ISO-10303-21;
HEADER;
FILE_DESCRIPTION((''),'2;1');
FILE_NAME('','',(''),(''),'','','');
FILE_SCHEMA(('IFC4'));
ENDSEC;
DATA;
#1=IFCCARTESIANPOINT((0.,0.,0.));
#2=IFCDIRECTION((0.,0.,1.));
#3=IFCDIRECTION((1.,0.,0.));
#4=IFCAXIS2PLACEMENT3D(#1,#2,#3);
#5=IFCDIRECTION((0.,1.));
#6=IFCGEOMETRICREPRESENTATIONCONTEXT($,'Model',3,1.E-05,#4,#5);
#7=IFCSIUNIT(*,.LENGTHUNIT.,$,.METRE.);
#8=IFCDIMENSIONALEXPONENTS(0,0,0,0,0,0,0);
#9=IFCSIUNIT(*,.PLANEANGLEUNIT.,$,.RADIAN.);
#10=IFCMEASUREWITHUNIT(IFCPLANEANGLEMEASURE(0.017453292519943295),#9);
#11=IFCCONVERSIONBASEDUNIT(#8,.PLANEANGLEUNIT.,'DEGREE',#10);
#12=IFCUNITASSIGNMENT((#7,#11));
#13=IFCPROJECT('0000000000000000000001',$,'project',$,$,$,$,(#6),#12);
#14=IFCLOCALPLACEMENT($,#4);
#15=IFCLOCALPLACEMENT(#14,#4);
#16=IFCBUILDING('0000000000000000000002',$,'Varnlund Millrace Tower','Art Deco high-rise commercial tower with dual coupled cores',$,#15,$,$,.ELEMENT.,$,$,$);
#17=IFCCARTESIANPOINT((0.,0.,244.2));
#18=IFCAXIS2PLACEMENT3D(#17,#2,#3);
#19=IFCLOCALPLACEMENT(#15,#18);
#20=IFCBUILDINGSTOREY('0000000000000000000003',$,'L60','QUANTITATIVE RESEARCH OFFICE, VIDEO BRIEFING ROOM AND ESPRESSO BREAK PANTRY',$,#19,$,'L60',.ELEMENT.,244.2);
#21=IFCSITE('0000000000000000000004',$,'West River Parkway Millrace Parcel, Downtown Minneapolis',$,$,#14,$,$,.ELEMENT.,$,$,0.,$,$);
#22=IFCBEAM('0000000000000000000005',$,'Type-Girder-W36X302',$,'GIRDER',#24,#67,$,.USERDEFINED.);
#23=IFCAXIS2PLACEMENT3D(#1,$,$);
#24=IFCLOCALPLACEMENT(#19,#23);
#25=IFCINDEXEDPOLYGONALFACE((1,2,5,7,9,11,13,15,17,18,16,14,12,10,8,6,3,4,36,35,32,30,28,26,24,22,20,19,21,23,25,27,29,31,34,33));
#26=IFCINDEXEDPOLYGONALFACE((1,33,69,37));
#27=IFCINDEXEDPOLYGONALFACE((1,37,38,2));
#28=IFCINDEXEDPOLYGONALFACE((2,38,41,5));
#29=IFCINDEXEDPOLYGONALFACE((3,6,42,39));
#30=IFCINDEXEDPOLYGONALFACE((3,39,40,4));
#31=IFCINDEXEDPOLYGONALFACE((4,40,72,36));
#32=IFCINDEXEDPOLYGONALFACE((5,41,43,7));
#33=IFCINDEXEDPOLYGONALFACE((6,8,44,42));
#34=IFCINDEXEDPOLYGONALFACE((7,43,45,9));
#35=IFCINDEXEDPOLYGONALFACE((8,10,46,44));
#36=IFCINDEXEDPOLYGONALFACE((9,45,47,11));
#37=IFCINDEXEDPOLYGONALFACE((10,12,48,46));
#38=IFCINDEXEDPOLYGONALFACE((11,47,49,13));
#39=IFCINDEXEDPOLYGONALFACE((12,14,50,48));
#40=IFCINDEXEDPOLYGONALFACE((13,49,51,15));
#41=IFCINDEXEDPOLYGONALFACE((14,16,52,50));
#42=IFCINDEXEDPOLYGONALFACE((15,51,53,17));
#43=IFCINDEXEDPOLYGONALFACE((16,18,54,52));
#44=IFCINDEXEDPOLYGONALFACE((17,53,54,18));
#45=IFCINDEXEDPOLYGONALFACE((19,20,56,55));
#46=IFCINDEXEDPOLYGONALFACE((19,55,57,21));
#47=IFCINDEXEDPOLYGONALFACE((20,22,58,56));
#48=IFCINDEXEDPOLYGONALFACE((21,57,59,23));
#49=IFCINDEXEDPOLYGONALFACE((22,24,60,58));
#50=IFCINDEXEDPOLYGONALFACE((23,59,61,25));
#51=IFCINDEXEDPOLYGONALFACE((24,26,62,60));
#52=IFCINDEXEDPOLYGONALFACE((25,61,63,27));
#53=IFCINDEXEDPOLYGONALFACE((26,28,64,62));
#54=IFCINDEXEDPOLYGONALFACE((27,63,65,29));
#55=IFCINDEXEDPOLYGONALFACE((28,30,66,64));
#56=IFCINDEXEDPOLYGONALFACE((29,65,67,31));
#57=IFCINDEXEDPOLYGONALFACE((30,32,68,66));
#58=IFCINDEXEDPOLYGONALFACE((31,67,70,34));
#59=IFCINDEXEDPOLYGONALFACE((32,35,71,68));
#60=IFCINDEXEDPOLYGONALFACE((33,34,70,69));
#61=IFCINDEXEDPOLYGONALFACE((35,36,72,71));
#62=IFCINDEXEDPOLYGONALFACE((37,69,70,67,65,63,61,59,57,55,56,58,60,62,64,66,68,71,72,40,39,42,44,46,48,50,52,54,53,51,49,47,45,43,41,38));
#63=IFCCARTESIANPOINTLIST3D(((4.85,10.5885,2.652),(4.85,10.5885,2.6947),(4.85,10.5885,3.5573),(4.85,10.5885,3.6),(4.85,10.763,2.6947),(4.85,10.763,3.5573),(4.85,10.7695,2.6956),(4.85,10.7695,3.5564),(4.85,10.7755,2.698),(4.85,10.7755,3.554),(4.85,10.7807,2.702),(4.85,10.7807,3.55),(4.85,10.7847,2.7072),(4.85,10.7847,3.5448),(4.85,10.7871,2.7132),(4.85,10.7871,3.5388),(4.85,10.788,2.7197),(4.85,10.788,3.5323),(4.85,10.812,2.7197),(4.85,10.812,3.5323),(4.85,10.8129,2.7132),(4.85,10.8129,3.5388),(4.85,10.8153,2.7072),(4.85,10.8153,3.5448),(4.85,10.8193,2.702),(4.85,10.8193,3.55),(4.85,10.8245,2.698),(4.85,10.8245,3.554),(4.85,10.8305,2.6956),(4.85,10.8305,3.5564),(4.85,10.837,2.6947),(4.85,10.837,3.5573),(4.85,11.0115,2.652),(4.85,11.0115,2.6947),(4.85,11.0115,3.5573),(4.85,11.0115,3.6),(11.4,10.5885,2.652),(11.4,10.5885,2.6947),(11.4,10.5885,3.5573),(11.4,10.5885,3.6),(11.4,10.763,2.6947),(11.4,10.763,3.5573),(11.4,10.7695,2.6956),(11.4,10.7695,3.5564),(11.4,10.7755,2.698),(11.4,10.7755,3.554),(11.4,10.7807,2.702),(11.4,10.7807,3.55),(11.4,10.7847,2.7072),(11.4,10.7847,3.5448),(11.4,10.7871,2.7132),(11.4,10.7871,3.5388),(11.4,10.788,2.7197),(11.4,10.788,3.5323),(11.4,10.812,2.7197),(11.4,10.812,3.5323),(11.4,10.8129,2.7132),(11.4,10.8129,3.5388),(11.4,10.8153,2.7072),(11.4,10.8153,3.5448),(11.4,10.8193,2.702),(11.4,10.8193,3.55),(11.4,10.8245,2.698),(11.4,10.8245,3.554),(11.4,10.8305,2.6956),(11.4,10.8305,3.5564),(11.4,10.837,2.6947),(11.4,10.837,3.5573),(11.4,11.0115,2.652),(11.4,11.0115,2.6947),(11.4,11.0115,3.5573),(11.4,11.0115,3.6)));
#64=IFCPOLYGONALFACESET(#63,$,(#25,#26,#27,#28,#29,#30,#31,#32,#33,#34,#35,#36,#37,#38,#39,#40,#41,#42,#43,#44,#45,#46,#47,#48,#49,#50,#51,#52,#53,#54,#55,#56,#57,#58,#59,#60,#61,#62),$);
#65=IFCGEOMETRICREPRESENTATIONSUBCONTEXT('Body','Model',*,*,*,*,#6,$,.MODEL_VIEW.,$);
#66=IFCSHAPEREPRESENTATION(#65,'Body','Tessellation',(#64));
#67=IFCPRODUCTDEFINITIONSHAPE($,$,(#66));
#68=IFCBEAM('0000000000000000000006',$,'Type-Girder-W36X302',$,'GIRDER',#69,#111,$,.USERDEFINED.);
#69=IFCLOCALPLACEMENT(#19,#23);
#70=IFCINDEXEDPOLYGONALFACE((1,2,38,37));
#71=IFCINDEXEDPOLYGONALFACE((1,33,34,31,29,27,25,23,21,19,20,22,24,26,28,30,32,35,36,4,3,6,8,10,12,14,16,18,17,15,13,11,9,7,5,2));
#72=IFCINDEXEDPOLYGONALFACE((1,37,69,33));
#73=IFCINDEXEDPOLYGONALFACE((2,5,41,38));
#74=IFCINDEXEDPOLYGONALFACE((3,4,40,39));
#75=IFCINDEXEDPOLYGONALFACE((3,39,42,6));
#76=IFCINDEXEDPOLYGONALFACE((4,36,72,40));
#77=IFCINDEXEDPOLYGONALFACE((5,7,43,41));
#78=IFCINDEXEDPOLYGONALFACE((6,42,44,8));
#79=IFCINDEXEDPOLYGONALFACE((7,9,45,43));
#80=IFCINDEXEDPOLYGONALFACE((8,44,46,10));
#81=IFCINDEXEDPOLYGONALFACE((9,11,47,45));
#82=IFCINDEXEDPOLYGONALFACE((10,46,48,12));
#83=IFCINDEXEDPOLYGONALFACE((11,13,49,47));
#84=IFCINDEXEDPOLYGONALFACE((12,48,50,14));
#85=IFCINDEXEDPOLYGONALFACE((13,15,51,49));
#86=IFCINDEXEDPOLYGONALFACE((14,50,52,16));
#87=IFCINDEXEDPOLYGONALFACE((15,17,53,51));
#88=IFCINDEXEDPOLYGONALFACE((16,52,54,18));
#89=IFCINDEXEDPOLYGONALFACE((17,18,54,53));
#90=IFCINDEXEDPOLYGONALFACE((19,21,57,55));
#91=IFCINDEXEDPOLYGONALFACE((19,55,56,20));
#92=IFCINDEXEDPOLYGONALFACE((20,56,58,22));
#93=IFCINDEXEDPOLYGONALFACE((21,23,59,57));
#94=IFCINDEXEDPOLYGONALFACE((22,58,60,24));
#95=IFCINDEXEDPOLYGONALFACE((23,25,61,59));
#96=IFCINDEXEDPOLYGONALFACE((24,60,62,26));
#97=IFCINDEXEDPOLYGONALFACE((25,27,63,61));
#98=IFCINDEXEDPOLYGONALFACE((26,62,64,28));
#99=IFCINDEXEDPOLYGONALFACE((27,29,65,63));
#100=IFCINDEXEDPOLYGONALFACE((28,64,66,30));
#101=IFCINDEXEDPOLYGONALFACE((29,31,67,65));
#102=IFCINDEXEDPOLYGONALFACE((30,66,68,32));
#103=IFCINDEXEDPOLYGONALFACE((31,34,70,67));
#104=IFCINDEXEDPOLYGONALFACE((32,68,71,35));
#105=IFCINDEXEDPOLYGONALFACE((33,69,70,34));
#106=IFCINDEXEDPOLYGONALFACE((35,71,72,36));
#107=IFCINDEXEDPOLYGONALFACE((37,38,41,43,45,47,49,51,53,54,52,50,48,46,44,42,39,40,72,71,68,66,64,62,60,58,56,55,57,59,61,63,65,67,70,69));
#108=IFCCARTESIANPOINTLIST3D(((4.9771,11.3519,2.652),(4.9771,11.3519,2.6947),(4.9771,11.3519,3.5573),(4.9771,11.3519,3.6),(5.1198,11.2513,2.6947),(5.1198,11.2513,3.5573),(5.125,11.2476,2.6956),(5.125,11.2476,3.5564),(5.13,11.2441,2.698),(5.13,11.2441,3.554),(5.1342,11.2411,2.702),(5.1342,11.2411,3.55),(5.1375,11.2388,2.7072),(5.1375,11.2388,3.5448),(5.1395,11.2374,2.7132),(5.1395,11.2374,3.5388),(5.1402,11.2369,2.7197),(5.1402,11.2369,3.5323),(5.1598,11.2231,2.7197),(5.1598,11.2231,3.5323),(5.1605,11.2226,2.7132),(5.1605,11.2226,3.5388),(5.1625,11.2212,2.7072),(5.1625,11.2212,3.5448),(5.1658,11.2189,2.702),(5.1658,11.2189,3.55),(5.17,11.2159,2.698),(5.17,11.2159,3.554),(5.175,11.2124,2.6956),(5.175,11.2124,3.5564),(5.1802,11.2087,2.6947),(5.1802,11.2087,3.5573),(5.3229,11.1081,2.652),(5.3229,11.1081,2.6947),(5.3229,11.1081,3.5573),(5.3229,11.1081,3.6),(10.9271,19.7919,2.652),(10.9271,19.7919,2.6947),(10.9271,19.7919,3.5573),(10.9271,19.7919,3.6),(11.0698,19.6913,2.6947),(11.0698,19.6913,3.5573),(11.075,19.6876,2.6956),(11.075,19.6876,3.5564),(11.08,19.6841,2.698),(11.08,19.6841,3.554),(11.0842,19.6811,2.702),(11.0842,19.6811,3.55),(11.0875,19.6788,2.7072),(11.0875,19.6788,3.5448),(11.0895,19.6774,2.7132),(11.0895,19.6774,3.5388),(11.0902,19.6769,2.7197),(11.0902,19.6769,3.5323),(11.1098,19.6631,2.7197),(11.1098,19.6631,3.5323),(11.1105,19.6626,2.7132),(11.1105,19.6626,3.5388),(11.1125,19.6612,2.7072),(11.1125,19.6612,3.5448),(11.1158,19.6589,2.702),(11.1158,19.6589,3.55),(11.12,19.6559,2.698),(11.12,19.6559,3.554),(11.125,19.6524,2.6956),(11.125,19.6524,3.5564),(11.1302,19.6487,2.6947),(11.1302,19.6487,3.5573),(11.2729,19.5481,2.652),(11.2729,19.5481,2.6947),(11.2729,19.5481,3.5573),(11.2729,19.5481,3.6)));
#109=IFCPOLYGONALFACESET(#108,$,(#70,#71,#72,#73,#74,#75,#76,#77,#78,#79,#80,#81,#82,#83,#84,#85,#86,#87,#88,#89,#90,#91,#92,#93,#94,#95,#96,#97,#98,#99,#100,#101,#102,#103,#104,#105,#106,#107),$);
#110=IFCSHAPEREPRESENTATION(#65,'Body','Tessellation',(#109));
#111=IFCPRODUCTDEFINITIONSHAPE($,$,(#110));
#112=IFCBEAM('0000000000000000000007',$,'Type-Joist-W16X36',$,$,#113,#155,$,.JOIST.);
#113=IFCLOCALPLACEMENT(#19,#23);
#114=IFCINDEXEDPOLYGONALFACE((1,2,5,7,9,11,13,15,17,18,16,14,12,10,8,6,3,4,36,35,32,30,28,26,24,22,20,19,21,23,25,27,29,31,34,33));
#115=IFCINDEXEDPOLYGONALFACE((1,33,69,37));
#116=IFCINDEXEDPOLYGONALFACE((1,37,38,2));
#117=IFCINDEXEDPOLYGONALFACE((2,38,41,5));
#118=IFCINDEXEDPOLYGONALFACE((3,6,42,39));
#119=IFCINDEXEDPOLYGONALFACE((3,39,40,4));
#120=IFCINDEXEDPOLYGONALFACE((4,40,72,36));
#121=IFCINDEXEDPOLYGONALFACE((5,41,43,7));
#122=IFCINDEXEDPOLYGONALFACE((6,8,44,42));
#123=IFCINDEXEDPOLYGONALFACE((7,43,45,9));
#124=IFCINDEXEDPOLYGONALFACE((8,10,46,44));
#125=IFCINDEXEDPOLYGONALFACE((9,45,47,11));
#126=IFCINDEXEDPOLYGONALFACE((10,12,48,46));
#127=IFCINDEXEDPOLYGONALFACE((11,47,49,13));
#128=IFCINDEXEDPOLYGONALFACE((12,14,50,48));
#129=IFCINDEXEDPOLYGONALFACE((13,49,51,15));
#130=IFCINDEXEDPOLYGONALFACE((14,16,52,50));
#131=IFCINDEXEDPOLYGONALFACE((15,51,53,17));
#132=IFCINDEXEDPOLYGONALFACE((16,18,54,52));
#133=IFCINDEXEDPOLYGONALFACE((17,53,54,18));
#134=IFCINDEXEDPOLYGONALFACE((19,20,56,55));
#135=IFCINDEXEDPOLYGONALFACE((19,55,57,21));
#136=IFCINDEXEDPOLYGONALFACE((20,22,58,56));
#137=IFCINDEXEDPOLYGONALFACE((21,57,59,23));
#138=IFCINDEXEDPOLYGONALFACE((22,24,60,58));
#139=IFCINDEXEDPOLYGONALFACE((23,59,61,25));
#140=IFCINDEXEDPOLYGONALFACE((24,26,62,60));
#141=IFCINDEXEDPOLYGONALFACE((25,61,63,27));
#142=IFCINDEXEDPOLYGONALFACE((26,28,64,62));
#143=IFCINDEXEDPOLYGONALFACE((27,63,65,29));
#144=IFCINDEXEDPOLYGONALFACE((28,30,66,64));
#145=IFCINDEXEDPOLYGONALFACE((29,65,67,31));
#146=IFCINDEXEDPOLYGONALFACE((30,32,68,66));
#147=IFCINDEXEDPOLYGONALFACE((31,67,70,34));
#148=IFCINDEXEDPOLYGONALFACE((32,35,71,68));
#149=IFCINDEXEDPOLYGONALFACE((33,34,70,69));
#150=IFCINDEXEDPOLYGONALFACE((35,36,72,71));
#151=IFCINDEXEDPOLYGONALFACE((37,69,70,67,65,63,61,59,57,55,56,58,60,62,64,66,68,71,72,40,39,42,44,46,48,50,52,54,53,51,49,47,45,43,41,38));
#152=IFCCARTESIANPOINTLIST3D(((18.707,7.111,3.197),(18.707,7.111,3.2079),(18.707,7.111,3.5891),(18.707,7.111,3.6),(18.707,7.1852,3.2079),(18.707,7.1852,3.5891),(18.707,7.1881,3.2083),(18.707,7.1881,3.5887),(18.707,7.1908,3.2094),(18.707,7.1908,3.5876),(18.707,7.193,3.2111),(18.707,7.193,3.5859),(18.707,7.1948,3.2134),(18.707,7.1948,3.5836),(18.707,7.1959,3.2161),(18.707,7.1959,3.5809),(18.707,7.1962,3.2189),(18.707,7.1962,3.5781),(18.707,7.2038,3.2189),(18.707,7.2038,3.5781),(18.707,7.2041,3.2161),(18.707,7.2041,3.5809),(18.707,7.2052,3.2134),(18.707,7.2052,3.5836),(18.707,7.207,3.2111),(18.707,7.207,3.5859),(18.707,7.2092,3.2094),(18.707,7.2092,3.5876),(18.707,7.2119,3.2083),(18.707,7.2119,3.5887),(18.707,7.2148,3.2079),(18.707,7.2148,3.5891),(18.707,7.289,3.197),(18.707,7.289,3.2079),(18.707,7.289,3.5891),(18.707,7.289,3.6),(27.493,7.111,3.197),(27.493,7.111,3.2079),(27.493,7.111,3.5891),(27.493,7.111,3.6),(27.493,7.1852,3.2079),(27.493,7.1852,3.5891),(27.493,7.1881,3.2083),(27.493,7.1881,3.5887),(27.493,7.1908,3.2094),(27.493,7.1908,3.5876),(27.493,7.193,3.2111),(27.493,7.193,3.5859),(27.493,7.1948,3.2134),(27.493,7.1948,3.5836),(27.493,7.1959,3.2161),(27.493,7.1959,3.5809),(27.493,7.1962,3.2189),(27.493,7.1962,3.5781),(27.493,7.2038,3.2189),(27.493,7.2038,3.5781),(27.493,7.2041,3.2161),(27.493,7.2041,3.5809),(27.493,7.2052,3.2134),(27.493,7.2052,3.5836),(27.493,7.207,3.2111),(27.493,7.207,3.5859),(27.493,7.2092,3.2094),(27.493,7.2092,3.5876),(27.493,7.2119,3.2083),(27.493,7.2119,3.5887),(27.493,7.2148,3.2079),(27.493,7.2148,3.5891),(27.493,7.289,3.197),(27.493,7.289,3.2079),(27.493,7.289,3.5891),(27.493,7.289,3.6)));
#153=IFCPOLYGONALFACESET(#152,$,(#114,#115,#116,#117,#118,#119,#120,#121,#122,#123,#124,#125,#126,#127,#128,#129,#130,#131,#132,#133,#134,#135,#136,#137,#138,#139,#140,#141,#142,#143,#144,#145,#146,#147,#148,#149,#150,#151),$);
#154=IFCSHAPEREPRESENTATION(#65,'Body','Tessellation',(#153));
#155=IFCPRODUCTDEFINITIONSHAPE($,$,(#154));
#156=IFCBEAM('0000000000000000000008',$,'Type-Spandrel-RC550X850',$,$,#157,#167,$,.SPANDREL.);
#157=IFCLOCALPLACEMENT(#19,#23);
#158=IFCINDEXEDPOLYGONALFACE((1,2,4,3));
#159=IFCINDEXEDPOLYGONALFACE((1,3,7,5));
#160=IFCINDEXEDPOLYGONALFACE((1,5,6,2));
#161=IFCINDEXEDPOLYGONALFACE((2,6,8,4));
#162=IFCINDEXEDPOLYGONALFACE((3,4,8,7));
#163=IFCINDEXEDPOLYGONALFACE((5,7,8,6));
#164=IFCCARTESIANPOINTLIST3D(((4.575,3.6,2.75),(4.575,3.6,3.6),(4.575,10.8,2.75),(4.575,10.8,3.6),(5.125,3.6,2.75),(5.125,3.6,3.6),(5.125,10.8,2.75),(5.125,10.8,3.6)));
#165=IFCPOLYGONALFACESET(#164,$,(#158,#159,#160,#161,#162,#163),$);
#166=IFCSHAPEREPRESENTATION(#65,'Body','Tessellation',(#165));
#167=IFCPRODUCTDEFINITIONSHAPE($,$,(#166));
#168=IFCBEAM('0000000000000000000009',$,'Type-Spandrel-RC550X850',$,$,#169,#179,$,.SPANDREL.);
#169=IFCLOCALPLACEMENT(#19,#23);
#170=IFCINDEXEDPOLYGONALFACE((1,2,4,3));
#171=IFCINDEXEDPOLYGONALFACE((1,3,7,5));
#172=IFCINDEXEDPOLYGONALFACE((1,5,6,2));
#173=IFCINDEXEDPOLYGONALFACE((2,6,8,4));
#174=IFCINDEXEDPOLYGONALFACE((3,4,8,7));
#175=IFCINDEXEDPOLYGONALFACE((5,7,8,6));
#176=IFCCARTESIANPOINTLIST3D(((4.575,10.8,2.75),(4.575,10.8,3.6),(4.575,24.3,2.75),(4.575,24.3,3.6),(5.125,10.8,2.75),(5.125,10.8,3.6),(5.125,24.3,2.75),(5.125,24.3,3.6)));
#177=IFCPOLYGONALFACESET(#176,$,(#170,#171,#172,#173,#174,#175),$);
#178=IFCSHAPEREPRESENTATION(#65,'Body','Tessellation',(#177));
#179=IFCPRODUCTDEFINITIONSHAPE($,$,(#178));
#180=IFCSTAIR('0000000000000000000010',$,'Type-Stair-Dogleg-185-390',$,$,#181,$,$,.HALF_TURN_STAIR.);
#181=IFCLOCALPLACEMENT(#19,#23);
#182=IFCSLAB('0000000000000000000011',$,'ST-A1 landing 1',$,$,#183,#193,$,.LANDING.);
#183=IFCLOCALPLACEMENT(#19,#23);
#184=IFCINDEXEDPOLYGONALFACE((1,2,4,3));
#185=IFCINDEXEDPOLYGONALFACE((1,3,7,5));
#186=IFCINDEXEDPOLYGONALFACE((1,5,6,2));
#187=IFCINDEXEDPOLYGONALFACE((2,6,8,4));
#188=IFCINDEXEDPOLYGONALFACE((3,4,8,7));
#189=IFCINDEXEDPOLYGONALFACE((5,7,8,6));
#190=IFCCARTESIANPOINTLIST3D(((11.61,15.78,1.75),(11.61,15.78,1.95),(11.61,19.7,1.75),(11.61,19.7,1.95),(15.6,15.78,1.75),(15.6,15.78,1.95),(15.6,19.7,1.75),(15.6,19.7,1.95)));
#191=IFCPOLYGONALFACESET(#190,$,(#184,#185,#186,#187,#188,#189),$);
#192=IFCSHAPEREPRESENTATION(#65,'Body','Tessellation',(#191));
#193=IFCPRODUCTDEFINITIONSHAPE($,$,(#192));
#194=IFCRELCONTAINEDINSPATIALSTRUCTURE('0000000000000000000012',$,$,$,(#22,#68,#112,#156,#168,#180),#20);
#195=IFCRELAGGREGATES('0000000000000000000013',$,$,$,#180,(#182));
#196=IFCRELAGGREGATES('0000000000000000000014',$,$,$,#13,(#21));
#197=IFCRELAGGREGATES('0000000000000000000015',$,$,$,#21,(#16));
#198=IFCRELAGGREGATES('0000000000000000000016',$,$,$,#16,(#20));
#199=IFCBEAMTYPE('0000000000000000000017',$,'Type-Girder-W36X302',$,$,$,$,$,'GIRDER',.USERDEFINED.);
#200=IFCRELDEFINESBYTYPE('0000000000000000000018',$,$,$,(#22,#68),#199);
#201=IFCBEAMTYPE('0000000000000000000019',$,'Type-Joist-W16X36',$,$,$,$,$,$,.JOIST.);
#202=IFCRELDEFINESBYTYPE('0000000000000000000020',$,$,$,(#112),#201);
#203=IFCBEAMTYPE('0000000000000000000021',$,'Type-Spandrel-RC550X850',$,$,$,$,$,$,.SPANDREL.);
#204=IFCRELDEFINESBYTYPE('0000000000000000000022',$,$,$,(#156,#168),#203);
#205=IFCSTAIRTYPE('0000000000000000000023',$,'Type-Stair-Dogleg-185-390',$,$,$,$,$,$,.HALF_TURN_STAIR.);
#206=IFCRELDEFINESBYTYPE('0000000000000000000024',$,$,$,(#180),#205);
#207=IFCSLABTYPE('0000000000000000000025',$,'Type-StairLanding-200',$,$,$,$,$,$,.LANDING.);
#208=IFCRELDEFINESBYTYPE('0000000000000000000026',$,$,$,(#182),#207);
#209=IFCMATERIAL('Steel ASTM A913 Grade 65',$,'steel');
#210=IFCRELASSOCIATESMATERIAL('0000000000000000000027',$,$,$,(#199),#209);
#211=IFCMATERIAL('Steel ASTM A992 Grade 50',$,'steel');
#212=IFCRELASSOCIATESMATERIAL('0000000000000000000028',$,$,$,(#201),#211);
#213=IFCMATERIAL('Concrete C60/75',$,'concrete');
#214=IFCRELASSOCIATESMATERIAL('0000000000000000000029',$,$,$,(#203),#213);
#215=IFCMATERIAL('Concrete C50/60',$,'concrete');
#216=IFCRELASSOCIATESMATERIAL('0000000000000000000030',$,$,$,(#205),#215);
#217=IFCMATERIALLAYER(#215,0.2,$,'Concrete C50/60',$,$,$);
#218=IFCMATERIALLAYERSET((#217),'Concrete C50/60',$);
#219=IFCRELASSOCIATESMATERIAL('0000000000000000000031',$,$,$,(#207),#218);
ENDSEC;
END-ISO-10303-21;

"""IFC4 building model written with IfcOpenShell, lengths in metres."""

from ifc_helpers import new_model, entity, si_unit, converted_unit, direction, frame, origin_with_axes, origin_2d_with_axis, place, context, subcontext, project, spatial, polyline, rectangle, i_section, outline, extrude, material, layer, layer_set, material_profile, profile_set, type_object, element, aggregate, save


model = new_model("IFC4")

# Units and contexts
model_context = context("Model", 3, precision=1e-05, world=origin_with_axes(), true_north=direction((0.0, 1.0)))
body_context = subcontext(model_context, "Body", "Model", "MODEL_VIEW")
ifc_project = project(units=[si_unit("LENGTHUNIT", "METRE"), converted_unit("PLANEANGLEUNIT", "DEGREE", entity("IfcPlaneAngleMeasure", 0.017453292519943295), si_unit("PLANEANGLEUNIT", "RADIAN"), dimensions=[0, 0, 0, 0, 0, 0, 0])], contexts=[model_context])

# Site, building, storey
site_placement = place(None, origin_with_axes())
site = spatial("IfcSite", under=ifc_project, at=site_placement, Name="West River Parkway Millrace Parcel, Downtown Minneapolis", CompositionType="ELEMENT", RefElevation=0.0)
building_placement = place(site_placement, origin_with_axes())
building = spatial("IfcBuilding", under=site, at=building_placement, Name="Varnlund Millrace Tower", Description="Art Deco high-rise commercial tower with dual coupled cores", CompositionType="ELEMENT")
storey_placement = place(building_placement, frame((0.0, 0.0, 244.2), z_axis=(0.0, 0.0, 1.0), x_axis=(1.0, 0.0, 0.0)))
storey = spatial("IfcBuildingStorey", under=building, at=storey_placement, Name="L60", Description="QUANTITATIVE RESEARCH OFFICE, VIDEO BRIEFING ROOM AND ESPRESSO BREAK PANTRY", LongName="L60", CompositionType="ELEMENT", Elevation=244.2)

# Beams
ifc_material_1 = material(Name="Steel ASTM A992 Grade 50", Category="steel")
ifc_material_2 = material(Name="Steel ASTM A913 Grade 65", Category="steel")
ifc_material_profile_1 = material_profile(ifc_material_2, i_section(OverallWidth=0.423, OverallDepth=0.948, WebThickness=0.024, FlangeThickness=0.0427, FilletRadius=0.025, at=origin_2d_with_axis()), Name="Steel ASTM A913 Grade 65")
ifc_profile_set_1 = profile_set([ifc_material_profile_1], Name="Steel ASTM A913 Grade 65")
beam_type_1 = type_object("IfcBeamType", Name="Type-Girder-W36X302", ElementType="GIRDER", PredefinedType="USERDEFINED", material=ifc_profile_set_1)
for number, where, z_axis, x_axis, name in (
    (1, (4.85, 10.8, 3.126), (1.0, 0.0, 0.0), (0.0, 1.0, 0.0), "Type-Girder-W36X302"),
):
    element("IfcBeam", number, at=place(storey_placement, frame(where, z_axis=z_axis, x_axis=x_axis)), inside=storey, type_object=beam_type_1, Name=name, ObjectType="GIRDER", PredefinedType="USERDEFINED", context=body_context, shape_type="SweptSolid", body=[
        extrude(i_section(OverallWidth=0.423, OverallDepth=0.948, WebThickness=0.024, FlangeThickness=0.0427, FilletRadius=0.025, at=origin_2d_with_axis()), origin_with_axes(), (0.0, 0.0, 1.0), 6.55),
    ])
beam_1_placement = place(storey_placement, frame((5.15, 11.23, 3.126), z_axis=(0.576189, 0.817317, 0.0), x_axis=(-0.817317, 0.576189, 0.0)))
element("IfcBeam", 2, at=beam_1_placement, inside=storey, type_object=beam_type_1, Name="Type-Girder-W36X302", ObjectType="GIRDER", PredefinedType="USERDEFINED", context=body_context, shape_type="SweptSolid", body=[
    extrude(i_section(OverallWidth=0.423, OverallDepth=0.948, WebThickness=0.024, FlangeThickness=0.0427, FilletRadius=0.025, at=origin_2d_with_axis()), origin_with_axes(), (0.0, 0.0, 1.0), 10.3265),
])
ifc_material_profile_2 = material_profile(ifc_material_1, i_section(OverallWidth=0.178, OverallDepth=0.403, WebThickness=0.0075, FlangeThickness=0.0109, FilletRadius=0.011, at=origin_2d_with_axis()), Name="Steel ASTM A992 Grade 50")
ifc_profile_set_2 = profile_set([ifc_material_profile_2], Name="Steel ASTM A992 Grade 50")
beam_type_2 = type_object("IfcBeamType", Name="Type-Joist-W16X36", PredefinedType="JOIST", material=ifc_profile_set_2)
beam_2_placement = place(storey_placement, frame((18.707, 7.2, 3.3985), z_axis=(1.0, 0.0, 0.0), x_axis=(0.0, 1.0, 0.0)))
element("IfcBeam", 3, at=beam_2_placement, inside=storey, type_object=beam_type_2, Name="Type-Joist-W16X36", PredefinedType="JOIST", context=body_context, shape_type="SweptSolid", body=[
    extrude(i_section(OverallWidth=0.178, OverallDepth=0.403, WebThickness=0.0075, FlangeThickness=0.0109, FilletRadius=0.011, at=origin_2d_with_axis()), origin_with_axes(), (0.0, 0.0, 1.0), 8.786),
])
ifc_material_3 = material(Name="Concrete C60/75", Category="concrete")
ifc_material_profile_3 = material_profile(ifc_material_3, rectangle(XDim=0.55, YDim=0.85, at=origin_2d_with_axis()), Name="Concrete C60/75")
ifc_profile_set_3 = profile_set([ifc_material_profile_3], Name="Concrete C60/75")
beam_type_3 = type_object("IfcBeamType", Name="Type-Spandrel-RC550X850", PredefinedType="SPANDREL", material=ifc_profile_set_3)
beam_3_placement = place(storey_placement, frame((4.85, 3.6, 3.175), z_axis=(0.0, 1.0, 0.0), x_axis=(-1.0, 0.0, 0.0)))
element("IfcBeam", 4, at=beam_3_placement, inside=storey, type_object=beam_type_3, Name="Type-Spandrel-RC550X850", PredefinedType="SPANDREL", context=body_context, shape_type="SweptSolid", body=[
    extrude(rectangle(XDim=0.55, YDim=0.85, at=origin_2d_with_axis()), origin_with_axes(), (0.0, 0.0, 1.0), 7.2),
])
beam_4_placement = place(storey_placement, frame((4.85, 10.8, 3.175), z_axis=(0.0, 1.0, 0.0), x_axis=(-1.0, 0.0, 0.0)))
element("IfcBeam", 5, at=beam_4_placement, inside=storey, type_object=beam_type_3, Name="Type-Spandrel-RC550X850", PredefinedType="SPANDREL", context=body_context, shape_type="SweptSolid", body=[
    extrude(rectangle(XDim=0.55, YDim=0.85, at=origin_2d_with_axis()), origin_with_axes(), (0.0, 0.0, 1.0), 13.5),
])

# Stair, slab
ifc_material_4 = material(Name="Concrete C50/60", Category="concrete")
stair_type_1 = type_object("IfcStairType", Name="Type-Stair-Dogleg-185-390", PredefinedType="HALF_TURN_STAIR", material=ifc_material_4)
stair_1_placement = place(storey_placement, origin_with_axes())
stair_1 = element("IfcStair", 6, at=stair_1_placement, inside=storey, type_object=stair_type_1, Name="Type-Stair-Dogleg-185-390", PredefinedType="HALF_TURN_STAIR")
ifc_layer_1 = layer(ifc_material_4, 0.2, Name="Concrete C50/60")
ifc_layer_set_1 = layer_set([ifc_layer_1], Name="Concrete C50/60")
slab_type = type_object("IfcSlabType", Name="Type-StairLanding-200", PredefinedType="LANDING", material=ifc_layer_set_1)
slab_1_placement = place(storey_placement, frame((0.0, 0.0, 1.75), z_axis=(0.0, 0.0, 1.0), x_axis=(1.0, 0.0, 0.0)))
slab_1 = element("IfcSlab", 7, at=slab_1_placement, type_object=slab_type, Name="ST-A1 landing 1", PredefinedType="LANDING", context=body_context, shape_type="SweptSolid", body=[
    extrude(outline(polyline([(15.6, 15.78), (15.6, 19.7), (11.61, 19.7), (11.61, 15.78), (15.6, 15.78)])), origin_with_axes(), (0.0, 0.0, 1.0), 0.2),
])

aggregate(stair_1, [slab_1])

save(model, "model.ifc")
